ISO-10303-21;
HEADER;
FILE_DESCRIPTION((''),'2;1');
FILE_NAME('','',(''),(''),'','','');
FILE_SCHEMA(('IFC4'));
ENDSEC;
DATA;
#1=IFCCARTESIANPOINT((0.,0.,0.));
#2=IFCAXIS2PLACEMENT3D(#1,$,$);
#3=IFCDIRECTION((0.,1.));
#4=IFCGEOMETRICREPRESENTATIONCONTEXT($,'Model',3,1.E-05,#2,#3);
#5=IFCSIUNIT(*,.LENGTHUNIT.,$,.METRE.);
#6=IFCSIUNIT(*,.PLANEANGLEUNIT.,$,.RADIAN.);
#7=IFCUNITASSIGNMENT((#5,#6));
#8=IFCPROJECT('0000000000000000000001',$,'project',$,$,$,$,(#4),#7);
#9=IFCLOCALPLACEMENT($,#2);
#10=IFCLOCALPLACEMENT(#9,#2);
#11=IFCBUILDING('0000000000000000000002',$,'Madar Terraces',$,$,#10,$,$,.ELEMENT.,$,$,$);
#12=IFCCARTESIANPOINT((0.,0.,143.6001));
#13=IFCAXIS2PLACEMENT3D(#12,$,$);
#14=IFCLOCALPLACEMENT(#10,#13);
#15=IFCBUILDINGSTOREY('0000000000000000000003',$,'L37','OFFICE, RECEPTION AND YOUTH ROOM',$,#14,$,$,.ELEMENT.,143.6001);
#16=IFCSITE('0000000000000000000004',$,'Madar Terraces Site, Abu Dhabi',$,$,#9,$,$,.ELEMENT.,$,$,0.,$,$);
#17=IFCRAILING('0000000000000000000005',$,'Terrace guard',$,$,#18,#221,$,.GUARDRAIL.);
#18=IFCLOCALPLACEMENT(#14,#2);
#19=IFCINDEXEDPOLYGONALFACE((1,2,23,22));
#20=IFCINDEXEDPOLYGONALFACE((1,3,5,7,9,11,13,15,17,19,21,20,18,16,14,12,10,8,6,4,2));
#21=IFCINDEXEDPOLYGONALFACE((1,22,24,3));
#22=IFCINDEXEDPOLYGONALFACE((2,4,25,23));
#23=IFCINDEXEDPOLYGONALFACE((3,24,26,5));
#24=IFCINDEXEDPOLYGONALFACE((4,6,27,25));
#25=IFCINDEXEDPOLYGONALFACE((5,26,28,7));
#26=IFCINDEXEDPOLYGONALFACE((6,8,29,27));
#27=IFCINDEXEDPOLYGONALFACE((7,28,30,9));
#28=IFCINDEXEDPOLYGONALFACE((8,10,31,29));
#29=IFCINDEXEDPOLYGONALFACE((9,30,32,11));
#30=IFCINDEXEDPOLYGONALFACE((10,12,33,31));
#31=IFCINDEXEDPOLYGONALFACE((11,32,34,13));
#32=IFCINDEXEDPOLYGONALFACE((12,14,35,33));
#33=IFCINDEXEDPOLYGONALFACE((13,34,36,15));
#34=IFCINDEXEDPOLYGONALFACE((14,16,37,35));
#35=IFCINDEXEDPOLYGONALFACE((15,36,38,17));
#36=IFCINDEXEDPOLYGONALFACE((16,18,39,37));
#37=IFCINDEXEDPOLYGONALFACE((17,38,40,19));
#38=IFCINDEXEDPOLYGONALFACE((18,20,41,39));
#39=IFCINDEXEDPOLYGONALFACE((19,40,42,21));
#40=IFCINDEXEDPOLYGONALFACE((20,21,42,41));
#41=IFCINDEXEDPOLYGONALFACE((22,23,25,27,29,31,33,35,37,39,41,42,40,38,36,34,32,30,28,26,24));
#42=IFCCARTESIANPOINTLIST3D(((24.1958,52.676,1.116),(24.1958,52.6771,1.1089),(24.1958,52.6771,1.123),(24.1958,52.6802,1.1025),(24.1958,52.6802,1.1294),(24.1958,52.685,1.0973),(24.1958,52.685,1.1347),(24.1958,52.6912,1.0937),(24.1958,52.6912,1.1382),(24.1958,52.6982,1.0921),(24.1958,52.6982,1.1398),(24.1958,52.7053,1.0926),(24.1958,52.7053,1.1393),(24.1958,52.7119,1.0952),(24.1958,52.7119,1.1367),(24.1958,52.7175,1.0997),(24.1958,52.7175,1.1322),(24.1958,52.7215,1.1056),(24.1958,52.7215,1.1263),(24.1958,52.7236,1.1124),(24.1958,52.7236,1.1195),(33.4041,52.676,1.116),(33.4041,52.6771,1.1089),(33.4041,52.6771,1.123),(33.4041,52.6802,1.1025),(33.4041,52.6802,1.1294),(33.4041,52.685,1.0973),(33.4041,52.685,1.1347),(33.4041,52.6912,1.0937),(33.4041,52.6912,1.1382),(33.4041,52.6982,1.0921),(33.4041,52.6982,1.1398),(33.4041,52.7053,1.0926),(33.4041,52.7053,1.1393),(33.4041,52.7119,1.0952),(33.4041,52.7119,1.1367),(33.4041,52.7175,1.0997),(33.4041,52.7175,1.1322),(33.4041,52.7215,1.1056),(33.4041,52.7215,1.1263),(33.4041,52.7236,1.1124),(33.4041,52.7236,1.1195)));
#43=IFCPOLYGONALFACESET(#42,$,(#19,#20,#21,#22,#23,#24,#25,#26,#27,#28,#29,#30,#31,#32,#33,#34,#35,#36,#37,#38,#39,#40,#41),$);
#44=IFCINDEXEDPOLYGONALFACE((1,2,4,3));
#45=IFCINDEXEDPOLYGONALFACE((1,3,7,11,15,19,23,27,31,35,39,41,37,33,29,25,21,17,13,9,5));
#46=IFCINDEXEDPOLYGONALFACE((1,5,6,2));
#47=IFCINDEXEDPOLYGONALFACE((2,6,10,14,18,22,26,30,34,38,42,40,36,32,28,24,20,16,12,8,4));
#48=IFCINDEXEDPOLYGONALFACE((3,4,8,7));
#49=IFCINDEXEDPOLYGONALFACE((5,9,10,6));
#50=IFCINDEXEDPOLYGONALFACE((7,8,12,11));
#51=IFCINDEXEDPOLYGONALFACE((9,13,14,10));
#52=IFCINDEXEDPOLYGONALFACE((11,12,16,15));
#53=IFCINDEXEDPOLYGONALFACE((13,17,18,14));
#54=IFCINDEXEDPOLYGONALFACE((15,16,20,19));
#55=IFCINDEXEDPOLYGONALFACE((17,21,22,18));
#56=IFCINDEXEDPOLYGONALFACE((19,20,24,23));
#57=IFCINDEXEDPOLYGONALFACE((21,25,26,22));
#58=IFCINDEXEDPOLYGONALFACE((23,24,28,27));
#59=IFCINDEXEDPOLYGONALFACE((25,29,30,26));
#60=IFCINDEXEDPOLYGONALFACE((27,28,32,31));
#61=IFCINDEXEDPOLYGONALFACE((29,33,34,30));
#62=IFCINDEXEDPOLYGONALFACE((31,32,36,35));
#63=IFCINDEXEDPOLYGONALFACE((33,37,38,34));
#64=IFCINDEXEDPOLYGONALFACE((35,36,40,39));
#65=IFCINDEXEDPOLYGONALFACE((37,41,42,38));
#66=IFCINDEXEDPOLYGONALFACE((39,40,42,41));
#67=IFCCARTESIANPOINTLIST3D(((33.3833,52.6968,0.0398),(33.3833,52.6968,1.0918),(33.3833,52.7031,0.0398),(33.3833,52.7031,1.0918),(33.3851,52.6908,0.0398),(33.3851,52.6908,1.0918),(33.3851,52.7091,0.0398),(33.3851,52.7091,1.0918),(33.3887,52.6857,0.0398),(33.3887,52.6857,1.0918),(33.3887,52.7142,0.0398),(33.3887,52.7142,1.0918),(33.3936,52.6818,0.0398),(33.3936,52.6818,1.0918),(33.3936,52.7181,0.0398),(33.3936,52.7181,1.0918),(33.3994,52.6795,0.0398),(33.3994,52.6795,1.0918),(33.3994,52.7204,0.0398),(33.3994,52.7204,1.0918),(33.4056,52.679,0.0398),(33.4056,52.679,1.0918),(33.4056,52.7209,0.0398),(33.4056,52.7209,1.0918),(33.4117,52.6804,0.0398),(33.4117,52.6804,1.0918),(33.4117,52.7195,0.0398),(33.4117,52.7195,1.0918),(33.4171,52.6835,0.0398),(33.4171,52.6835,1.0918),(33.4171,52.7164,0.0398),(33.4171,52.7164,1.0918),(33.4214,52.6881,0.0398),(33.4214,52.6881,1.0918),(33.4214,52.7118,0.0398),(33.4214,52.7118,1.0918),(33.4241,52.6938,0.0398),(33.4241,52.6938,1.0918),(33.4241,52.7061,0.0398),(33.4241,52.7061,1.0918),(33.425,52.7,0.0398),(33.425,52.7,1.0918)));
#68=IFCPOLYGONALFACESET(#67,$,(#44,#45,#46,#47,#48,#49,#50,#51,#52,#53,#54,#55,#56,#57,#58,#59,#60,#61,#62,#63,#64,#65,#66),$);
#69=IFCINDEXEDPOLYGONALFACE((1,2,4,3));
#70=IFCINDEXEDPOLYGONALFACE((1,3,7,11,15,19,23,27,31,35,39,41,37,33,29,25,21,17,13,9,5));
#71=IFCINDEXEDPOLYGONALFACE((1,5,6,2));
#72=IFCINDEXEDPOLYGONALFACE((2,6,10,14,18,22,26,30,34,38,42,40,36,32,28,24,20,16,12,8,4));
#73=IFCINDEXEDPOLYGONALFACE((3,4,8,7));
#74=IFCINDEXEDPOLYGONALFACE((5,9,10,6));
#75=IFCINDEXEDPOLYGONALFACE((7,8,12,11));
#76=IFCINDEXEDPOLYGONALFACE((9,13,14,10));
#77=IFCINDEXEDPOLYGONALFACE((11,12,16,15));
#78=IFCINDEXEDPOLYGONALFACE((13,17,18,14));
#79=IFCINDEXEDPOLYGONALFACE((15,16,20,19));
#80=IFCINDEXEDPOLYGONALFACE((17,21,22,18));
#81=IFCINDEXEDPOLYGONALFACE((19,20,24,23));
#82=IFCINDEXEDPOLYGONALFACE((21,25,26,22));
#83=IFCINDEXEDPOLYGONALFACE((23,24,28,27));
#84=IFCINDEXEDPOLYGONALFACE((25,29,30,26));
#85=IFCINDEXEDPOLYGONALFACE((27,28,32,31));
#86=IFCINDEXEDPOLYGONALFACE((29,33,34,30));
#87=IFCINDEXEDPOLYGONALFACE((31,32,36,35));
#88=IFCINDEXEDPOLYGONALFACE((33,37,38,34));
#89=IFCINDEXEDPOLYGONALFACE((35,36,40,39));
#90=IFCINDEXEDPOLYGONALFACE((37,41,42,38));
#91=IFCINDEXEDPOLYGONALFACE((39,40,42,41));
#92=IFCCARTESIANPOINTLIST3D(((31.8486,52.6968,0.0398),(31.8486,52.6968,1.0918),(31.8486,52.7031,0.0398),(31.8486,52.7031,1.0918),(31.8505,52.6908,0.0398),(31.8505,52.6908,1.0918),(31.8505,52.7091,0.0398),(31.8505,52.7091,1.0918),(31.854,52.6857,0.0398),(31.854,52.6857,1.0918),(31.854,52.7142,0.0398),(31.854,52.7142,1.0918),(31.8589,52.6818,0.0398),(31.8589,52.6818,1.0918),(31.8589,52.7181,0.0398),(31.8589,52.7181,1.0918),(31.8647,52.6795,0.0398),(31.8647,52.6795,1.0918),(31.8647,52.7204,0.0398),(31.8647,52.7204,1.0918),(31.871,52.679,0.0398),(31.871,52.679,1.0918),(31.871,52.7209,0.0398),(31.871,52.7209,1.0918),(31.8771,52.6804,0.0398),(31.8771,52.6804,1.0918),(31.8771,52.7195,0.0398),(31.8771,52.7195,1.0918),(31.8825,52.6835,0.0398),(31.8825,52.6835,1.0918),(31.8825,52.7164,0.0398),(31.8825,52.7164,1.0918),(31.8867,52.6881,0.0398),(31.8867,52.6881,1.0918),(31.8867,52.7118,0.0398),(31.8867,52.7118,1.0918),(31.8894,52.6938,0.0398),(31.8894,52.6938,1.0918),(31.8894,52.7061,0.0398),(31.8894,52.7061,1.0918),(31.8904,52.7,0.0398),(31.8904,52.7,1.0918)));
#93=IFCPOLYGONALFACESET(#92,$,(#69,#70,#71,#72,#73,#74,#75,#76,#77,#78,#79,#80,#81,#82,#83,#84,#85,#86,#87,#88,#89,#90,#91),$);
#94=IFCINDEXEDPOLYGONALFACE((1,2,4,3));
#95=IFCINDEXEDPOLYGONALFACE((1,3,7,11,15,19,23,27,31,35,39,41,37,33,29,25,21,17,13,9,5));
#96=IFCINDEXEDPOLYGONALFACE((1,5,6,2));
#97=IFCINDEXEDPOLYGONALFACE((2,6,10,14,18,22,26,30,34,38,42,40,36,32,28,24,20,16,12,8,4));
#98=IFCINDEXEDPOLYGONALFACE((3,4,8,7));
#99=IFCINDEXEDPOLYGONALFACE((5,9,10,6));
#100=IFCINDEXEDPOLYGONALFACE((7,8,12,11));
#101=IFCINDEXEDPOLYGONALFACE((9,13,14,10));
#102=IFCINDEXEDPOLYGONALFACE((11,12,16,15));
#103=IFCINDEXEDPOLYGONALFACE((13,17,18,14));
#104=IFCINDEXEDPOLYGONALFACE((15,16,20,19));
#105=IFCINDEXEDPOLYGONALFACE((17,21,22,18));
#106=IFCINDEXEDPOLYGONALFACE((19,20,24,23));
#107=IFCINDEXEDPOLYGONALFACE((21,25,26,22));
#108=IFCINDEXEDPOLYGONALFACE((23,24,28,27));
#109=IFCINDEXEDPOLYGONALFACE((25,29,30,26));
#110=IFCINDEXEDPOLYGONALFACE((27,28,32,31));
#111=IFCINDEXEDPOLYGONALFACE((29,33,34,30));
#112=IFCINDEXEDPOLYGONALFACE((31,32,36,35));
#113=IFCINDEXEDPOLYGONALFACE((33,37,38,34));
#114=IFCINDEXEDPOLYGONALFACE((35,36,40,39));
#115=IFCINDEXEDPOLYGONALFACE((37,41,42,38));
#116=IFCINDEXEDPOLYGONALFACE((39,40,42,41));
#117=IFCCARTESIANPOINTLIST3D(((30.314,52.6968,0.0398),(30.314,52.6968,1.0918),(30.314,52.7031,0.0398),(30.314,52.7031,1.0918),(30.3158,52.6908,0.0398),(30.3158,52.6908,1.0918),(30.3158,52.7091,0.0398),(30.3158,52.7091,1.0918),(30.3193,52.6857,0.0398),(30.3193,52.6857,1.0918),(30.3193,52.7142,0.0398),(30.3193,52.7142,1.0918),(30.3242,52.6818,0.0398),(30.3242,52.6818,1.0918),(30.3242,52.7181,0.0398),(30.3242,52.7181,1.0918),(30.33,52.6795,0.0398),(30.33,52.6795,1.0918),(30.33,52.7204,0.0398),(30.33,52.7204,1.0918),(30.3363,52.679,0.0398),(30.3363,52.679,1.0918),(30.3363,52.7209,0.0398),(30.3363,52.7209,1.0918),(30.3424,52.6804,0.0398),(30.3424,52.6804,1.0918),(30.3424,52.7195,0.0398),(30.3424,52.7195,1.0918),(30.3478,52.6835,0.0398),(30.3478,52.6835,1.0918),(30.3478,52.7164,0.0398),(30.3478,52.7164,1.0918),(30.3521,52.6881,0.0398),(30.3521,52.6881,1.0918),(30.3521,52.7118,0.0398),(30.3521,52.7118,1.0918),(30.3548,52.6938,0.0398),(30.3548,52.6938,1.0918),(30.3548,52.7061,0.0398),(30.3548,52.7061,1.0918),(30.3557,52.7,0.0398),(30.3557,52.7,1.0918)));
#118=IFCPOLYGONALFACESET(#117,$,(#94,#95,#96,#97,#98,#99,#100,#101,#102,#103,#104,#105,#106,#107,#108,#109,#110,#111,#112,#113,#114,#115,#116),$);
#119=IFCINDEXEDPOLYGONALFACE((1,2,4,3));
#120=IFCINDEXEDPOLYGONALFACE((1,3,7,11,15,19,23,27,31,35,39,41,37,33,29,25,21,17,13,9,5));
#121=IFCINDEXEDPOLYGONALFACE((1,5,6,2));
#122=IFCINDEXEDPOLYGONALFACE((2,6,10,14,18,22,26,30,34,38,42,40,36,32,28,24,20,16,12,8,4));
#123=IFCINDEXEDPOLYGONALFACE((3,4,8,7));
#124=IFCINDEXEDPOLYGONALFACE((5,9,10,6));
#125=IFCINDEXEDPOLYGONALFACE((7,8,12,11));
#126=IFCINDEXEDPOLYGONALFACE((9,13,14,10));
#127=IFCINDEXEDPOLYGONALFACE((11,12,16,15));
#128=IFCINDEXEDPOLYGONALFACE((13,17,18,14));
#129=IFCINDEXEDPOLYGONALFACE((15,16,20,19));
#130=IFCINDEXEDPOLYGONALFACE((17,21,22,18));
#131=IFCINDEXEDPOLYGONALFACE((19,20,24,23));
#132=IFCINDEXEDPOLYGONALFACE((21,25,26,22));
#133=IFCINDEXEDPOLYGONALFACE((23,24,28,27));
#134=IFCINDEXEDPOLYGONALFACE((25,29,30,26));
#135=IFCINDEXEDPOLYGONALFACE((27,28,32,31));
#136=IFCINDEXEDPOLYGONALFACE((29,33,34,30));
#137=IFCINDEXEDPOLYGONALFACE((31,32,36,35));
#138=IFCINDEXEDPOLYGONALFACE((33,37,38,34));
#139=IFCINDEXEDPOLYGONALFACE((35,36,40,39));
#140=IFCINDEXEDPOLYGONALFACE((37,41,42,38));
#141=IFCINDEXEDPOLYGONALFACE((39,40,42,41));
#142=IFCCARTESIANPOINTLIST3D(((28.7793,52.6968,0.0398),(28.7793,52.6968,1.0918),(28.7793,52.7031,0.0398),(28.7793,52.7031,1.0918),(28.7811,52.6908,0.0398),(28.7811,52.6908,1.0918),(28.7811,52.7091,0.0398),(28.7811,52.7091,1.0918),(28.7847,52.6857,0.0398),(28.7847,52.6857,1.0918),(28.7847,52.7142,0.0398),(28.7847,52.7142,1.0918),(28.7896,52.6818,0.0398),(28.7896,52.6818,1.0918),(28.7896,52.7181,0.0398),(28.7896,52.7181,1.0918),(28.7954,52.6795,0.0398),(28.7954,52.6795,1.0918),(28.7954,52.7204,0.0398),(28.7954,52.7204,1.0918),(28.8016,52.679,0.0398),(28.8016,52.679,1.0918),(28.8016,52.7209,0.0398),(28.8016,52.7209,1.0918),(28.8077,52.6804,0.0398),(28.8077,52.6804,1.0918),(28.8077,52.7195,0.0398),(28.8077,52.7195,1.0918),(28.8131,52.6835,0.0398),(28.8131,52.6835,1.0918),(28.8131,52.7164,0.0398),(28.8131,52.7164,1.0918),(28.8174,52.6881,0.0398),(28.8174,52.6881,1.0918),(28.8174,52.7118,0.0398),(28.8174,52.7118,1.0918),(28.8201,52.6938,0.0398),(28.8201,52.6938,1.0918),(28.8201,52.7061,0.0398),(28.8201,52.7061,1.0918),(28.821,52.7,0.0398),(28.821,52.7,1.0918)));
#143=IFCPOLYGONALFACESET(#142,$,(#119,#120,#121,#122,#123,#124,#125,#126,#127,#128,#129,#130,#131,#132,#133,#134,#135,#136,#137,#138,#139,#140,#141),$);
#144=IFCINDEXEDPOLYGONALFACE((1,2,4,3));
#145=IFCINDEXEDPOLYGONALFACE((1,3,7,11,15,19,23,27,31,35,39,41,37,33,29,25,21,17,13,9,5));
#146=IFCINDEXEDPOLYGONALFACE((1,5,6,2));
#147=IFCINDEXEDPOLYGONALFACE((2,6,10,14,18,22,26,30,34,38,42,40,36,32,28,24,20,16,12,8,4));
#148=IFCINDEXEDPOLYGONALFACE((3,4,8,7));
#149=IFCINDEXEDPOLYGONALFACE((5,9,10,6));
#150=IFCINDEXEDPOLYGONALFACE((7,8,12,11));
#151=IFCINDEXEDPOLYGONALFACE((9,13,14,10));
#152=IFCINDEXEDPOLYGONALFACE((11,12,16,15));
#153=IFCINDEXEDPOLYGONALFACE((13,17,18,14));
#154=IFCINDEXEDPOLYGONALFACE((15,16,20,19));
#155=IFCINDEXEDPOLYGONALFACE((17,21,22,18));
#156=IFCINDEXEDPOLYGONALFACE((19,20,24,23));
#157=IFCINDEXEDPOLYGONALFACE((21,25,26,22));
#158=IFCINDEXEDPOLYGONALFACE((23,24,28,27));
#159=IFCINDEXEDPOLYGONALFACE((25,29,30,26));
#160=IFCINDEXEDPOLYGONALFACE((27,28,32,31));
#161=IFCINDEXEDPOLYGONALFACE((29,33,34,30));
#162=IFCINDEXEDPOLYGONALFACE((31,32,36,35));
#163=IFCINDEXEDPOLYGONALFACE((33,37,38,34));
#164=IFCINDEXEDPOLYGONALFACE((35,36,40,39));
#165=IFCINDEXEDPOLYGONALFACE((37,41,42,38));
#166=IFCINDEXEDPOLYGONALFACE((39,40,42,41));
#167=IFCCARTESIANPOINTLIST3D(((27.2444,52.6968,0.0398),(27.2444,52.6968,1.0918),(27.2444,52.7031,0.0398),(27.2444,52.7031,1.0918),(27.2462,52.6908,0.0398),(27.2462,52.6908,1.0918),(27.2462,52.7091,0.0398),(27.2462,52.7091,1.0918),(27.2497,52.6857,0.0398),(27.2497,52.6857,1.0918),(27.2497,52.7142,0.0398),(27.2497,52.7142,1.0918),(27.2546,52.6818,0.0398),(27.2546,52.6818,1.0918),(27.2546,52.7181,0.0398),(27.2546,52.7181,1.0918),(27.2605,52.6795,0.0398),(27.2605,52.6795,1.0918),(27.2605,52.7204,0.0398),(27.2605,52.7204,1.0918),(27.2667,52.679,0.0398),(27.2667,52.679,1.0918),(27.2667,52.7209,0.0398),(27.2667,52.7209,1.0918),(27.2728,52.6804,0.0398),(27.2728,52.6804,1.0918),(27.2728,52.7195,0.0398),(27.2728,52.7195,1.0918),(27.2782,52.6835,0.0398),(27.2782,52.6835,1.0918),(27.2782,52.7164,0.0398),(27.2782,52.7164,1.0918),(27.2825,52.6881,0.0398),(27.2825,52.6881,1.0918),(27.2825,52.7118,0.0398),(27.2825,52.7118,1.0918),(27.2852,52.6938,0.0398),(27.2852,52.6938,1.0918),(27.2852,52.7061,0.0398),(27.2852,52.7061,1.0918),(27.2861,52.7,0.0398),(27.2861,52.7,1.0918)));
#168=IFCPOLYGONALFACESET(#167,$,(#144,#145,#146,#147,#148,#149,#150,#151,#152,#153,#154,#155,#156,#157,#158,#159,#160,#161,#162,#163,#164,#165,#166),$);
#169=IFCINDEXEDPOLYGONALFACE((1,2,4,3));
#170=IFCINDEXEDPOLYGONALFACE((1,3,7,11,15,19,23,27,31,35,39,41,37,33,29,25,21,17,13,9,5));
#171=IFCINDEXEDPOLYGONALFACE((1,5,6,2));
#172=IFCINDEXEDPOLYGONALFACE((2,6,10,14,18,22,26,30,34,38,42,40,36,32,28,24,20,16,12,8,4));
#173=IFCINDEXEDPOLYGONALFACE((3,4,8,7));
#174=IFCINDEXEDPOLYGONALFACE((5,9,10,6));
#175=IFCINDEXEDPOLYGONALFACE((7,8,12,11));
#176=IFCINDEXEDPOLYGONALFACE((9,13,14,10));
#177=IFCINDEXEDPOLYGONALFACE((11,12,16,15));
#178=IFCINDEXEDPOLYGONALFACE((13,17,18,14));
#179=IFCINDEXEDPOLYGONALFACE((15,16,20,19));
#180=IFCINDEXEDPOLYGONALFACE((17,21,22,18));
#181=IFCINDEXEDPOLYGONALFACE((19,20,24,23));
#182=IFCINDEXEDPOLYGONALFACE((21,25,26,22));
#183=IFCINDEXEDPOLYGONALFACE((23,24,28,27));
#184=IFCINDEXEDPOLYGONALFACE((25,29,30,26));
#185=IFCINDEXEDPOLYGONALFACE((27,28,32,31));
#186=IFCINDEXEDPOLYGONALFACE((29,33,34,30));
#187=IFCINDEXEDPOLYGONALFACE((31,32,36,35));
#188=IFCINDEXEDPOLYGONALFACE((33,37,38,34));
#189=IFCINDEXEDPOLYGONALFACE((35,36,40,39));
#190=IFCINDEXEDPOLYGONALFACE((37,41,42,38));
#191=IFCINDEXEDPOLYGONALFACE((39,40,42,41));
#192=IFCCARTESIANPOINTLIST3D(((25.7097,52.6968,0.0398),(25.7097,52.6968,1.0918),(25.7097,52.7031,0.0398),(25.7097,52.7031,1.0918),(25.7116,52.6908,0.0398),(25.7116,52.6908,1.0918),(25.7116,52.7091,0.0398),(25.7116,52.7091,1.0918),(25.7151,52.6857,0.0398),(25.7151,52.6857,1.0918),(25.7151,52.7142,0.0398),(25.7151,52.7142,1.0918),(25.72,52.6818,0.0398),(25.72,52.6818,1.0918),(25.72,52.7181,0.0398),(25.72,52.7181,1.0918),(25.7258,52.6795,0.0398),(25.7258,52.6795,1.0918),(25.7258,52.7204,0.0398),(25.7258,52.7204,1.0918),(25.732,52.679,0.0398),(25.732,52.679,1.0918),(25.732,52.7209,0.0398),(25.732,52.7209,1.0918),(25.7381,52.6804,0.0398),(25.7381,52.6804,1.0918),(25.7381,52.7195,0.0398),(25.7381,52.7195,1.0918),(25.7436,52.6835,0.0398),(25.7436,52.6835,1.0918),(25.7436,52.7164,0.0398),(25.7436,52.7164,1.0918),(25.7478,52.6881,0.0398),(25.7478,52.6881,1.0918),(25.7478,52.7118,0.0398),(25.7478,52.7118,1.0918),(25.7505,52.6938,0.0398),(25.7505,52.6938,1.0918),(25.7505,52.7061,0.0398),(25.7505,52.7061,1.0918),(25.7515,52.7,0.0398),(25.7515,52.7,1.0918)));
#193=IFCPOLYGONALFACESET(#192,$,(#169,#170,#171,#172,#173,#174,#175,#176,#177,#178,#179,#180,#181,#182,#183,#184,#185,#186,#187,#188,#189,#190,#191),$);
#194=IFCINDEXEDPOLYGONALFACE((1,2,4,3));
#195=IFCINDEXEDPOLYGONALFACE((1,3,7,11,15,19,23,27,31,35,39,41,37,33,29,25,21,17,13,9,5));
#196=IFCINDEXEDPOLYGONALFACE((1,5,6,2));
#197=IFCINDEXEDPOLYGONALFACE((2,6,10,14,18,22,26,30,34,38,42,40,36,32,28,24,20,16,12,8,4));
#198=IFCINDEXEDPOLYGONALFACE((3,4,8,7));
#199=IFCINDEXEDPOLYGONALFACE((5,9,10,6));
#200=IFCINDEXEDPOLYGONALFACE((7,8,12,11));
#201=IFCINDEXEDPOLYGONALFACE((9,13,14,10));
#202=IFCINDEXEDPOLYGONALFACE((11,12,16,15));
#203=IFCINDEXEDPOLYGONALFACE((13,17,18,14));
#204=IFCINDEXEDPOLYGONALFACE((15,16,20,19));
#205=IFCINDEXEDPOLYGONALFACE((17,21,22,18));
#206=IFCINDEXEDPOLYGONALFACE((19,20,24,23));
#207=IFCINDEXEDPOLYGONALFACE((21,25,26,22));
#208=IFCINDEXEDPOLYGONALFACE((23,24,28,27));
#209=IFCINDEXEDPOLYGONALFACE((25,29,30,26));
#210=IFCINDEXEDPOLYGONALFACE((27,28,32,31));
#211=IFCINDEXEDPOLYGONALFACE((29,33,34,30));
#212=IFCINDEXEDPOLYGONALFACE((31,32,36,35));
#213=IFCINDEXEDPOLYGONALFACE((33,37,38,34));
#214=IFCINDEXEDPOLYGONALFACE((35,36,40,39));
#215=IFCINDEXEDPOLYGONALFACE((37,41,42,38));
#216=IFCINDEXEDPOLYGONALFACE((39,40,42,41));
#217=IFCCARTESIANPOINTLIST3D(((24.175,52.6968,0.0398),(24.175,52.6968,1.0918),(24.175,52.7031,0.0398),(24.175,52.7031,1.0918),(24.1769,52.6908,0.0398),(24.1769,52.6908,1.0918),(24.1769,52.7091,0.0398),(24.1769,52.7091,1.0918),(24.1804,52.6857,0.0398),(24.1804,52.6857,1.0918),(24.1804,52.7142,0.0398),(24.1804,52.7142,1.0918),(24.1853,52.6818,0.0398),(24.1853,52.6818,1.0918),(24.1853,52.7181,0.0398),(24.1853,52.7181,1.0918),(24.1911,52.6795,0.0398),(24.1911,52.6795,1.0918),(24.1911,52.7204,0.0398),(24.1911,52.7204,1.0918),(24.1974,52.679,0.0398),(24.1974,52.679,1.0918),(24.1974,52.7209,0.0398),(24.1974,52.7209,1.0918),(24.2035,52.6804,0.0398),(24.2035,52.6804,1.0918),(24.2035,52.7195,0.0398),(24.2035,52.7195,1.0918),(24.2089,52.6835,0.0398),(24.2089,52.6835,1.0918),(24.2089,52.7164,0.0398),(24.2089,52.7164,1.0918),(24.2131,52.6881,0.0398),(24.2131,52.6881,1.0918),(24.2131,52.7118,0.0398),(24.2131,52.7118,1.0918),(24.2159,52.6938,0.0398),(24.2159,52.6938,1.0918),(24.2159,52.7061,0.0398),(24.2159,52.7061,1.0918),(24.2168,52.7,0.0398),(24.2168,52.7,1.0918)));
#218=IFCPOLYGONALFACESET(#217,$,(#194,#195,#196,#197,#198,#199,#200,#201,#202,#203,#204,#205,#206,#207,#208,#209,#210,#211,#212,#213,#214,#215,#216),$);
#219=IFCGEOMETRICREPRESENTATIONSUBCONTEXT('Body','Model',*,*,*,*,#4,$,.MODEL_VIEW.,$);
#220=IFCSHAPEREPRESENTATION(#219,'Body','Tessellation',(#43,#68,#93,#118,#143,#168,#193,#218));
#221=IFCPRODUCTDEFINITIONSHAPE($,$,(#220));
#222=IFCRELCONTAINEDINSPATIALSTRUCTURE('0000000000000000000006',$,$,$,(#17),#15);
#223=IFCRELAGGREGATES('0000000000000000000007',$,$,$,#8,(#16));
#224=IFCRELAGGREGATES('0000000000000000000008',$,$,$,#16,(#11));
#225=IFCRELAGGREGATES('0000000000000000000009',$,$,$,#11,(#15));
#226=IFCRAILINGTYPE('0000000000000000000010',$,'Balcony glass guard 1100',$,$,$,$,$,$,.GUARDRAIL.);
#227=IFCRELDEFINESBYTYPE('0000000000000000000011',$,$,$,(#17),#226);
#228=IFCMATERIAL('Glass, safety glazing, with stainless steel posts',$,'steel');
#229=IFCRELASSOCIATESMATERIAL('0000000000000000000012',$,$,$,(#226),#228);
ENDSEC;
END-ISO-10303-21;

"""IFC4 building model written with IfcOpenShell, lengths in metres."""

from ifc_helpers import new_model, si_unit, direction, frame, origin, origin_2d, place, context, subcontext, project, spatial, circle, extrude, material, type_object, element, save


model = new_model("IFC4")

# Units and contexts
model_context = context("Model", 3, precision=1e-05, world=origin(), true_north=direction((0.0, 1.0)))
body_context = subcontext(model_context, "Body", "Model", "MODEL_VIEW")
ifc_project = project(units=[si_unit("LENGTHUNIT", "METRE"), si_unit("PLANEANGLEUNIT", "RADIAN")], contexts=[model_context])

# Site, building, storey
site_placement = place(None, origin())
site = spatial("IfcSite", under=ifc_project, at=site_placement, Name="Madar Terraces Site, Abu Dhabi", CompositionType="ELEMENT", RefElevation=0.0)
building_placement = place(site_placement, origin())
building = spatial("IfcBuilding", under=site, at=building_placement, Name="Madar Terraces", CompositionType="ELEMENT")
storey_placement = place(building_placement, frame((0.0, 0.0, 143.6001)))
storey = spatial("IfcBuildingStorey", under=building, at=storey_placement, Name="L37", Description="OFFICE, RECEPTION AND YOUTH ROOM", CompositionType="ELEMENT", Elevation=143.6001)

# Railing
ifc_material_1 = material(Name="Glass, safety glazing, with stainless steel posts", Category="steel")
railing_type = type_object("IfcRailingType", Name="Balcony glass guard 1100", PredefinedType="GUARDRAIL", material=ifc_material_1)
railing_1_placement = place(storey_placement, frame((33.4041, 52.7, 0.0398)))
element("IfcRailing", 1, at=railing_1_placement, inside=storey, type_object=railing_type, Name="Terrace guard", PredefinedType="GUARDRAIL", context=body_context, shape_type="SweptSolid", body=[
    extrude(circle(Radius=0.0239, at=origin_2d()), frame((0.0, 0.0, 1.0762), z_axis=(-1.0, 0.0, 0.0), x_axis=(0.0, -1.0, 0.0)), (0.0, 0.0, 1.0), 9.2083),
    extrude(circle(Radius=0.021, at=origin_2d()), origin(), (0.0, 0.0, 1.0), 1.052),
    extrude(circle(Radius=0.021, at=origin_2d()), frame((-1.5347, 0.0, 0.0)), (0.0, 0.0, 1.0), 1.052),
    extrude(circle(Radius=0.021, at=origin_2d()), frame((-3.0693, 0.0, 0.0)), (0.0, 0.0, 1.0), 1.052),
    extrude(circle(Radius=0.021, at=origin_2d()), frame((-4.604, 0.0, 0.0)), (0.0, 0.0, 1.0), 1.052),
    extrude(circle(Radius=0.021, at=origin_2d()), frame((-6.1389, 0.0, 0.0)), (0.0, 0.0, 1.0), 1.052),
    extrude(circle(Radius=0.021, at=origin_2d()), frame((-7.6736, 0.0, 0.0)), (0.0, 0.0, 1.0), 1.052),
    extrude(circle(Radius=0.021, at=origin_2d()), frame((-9.2083, 0.0, 0.0)), (0.0, 0.0, 1.0), 1.052),
])

save(model, "model.ifc")
